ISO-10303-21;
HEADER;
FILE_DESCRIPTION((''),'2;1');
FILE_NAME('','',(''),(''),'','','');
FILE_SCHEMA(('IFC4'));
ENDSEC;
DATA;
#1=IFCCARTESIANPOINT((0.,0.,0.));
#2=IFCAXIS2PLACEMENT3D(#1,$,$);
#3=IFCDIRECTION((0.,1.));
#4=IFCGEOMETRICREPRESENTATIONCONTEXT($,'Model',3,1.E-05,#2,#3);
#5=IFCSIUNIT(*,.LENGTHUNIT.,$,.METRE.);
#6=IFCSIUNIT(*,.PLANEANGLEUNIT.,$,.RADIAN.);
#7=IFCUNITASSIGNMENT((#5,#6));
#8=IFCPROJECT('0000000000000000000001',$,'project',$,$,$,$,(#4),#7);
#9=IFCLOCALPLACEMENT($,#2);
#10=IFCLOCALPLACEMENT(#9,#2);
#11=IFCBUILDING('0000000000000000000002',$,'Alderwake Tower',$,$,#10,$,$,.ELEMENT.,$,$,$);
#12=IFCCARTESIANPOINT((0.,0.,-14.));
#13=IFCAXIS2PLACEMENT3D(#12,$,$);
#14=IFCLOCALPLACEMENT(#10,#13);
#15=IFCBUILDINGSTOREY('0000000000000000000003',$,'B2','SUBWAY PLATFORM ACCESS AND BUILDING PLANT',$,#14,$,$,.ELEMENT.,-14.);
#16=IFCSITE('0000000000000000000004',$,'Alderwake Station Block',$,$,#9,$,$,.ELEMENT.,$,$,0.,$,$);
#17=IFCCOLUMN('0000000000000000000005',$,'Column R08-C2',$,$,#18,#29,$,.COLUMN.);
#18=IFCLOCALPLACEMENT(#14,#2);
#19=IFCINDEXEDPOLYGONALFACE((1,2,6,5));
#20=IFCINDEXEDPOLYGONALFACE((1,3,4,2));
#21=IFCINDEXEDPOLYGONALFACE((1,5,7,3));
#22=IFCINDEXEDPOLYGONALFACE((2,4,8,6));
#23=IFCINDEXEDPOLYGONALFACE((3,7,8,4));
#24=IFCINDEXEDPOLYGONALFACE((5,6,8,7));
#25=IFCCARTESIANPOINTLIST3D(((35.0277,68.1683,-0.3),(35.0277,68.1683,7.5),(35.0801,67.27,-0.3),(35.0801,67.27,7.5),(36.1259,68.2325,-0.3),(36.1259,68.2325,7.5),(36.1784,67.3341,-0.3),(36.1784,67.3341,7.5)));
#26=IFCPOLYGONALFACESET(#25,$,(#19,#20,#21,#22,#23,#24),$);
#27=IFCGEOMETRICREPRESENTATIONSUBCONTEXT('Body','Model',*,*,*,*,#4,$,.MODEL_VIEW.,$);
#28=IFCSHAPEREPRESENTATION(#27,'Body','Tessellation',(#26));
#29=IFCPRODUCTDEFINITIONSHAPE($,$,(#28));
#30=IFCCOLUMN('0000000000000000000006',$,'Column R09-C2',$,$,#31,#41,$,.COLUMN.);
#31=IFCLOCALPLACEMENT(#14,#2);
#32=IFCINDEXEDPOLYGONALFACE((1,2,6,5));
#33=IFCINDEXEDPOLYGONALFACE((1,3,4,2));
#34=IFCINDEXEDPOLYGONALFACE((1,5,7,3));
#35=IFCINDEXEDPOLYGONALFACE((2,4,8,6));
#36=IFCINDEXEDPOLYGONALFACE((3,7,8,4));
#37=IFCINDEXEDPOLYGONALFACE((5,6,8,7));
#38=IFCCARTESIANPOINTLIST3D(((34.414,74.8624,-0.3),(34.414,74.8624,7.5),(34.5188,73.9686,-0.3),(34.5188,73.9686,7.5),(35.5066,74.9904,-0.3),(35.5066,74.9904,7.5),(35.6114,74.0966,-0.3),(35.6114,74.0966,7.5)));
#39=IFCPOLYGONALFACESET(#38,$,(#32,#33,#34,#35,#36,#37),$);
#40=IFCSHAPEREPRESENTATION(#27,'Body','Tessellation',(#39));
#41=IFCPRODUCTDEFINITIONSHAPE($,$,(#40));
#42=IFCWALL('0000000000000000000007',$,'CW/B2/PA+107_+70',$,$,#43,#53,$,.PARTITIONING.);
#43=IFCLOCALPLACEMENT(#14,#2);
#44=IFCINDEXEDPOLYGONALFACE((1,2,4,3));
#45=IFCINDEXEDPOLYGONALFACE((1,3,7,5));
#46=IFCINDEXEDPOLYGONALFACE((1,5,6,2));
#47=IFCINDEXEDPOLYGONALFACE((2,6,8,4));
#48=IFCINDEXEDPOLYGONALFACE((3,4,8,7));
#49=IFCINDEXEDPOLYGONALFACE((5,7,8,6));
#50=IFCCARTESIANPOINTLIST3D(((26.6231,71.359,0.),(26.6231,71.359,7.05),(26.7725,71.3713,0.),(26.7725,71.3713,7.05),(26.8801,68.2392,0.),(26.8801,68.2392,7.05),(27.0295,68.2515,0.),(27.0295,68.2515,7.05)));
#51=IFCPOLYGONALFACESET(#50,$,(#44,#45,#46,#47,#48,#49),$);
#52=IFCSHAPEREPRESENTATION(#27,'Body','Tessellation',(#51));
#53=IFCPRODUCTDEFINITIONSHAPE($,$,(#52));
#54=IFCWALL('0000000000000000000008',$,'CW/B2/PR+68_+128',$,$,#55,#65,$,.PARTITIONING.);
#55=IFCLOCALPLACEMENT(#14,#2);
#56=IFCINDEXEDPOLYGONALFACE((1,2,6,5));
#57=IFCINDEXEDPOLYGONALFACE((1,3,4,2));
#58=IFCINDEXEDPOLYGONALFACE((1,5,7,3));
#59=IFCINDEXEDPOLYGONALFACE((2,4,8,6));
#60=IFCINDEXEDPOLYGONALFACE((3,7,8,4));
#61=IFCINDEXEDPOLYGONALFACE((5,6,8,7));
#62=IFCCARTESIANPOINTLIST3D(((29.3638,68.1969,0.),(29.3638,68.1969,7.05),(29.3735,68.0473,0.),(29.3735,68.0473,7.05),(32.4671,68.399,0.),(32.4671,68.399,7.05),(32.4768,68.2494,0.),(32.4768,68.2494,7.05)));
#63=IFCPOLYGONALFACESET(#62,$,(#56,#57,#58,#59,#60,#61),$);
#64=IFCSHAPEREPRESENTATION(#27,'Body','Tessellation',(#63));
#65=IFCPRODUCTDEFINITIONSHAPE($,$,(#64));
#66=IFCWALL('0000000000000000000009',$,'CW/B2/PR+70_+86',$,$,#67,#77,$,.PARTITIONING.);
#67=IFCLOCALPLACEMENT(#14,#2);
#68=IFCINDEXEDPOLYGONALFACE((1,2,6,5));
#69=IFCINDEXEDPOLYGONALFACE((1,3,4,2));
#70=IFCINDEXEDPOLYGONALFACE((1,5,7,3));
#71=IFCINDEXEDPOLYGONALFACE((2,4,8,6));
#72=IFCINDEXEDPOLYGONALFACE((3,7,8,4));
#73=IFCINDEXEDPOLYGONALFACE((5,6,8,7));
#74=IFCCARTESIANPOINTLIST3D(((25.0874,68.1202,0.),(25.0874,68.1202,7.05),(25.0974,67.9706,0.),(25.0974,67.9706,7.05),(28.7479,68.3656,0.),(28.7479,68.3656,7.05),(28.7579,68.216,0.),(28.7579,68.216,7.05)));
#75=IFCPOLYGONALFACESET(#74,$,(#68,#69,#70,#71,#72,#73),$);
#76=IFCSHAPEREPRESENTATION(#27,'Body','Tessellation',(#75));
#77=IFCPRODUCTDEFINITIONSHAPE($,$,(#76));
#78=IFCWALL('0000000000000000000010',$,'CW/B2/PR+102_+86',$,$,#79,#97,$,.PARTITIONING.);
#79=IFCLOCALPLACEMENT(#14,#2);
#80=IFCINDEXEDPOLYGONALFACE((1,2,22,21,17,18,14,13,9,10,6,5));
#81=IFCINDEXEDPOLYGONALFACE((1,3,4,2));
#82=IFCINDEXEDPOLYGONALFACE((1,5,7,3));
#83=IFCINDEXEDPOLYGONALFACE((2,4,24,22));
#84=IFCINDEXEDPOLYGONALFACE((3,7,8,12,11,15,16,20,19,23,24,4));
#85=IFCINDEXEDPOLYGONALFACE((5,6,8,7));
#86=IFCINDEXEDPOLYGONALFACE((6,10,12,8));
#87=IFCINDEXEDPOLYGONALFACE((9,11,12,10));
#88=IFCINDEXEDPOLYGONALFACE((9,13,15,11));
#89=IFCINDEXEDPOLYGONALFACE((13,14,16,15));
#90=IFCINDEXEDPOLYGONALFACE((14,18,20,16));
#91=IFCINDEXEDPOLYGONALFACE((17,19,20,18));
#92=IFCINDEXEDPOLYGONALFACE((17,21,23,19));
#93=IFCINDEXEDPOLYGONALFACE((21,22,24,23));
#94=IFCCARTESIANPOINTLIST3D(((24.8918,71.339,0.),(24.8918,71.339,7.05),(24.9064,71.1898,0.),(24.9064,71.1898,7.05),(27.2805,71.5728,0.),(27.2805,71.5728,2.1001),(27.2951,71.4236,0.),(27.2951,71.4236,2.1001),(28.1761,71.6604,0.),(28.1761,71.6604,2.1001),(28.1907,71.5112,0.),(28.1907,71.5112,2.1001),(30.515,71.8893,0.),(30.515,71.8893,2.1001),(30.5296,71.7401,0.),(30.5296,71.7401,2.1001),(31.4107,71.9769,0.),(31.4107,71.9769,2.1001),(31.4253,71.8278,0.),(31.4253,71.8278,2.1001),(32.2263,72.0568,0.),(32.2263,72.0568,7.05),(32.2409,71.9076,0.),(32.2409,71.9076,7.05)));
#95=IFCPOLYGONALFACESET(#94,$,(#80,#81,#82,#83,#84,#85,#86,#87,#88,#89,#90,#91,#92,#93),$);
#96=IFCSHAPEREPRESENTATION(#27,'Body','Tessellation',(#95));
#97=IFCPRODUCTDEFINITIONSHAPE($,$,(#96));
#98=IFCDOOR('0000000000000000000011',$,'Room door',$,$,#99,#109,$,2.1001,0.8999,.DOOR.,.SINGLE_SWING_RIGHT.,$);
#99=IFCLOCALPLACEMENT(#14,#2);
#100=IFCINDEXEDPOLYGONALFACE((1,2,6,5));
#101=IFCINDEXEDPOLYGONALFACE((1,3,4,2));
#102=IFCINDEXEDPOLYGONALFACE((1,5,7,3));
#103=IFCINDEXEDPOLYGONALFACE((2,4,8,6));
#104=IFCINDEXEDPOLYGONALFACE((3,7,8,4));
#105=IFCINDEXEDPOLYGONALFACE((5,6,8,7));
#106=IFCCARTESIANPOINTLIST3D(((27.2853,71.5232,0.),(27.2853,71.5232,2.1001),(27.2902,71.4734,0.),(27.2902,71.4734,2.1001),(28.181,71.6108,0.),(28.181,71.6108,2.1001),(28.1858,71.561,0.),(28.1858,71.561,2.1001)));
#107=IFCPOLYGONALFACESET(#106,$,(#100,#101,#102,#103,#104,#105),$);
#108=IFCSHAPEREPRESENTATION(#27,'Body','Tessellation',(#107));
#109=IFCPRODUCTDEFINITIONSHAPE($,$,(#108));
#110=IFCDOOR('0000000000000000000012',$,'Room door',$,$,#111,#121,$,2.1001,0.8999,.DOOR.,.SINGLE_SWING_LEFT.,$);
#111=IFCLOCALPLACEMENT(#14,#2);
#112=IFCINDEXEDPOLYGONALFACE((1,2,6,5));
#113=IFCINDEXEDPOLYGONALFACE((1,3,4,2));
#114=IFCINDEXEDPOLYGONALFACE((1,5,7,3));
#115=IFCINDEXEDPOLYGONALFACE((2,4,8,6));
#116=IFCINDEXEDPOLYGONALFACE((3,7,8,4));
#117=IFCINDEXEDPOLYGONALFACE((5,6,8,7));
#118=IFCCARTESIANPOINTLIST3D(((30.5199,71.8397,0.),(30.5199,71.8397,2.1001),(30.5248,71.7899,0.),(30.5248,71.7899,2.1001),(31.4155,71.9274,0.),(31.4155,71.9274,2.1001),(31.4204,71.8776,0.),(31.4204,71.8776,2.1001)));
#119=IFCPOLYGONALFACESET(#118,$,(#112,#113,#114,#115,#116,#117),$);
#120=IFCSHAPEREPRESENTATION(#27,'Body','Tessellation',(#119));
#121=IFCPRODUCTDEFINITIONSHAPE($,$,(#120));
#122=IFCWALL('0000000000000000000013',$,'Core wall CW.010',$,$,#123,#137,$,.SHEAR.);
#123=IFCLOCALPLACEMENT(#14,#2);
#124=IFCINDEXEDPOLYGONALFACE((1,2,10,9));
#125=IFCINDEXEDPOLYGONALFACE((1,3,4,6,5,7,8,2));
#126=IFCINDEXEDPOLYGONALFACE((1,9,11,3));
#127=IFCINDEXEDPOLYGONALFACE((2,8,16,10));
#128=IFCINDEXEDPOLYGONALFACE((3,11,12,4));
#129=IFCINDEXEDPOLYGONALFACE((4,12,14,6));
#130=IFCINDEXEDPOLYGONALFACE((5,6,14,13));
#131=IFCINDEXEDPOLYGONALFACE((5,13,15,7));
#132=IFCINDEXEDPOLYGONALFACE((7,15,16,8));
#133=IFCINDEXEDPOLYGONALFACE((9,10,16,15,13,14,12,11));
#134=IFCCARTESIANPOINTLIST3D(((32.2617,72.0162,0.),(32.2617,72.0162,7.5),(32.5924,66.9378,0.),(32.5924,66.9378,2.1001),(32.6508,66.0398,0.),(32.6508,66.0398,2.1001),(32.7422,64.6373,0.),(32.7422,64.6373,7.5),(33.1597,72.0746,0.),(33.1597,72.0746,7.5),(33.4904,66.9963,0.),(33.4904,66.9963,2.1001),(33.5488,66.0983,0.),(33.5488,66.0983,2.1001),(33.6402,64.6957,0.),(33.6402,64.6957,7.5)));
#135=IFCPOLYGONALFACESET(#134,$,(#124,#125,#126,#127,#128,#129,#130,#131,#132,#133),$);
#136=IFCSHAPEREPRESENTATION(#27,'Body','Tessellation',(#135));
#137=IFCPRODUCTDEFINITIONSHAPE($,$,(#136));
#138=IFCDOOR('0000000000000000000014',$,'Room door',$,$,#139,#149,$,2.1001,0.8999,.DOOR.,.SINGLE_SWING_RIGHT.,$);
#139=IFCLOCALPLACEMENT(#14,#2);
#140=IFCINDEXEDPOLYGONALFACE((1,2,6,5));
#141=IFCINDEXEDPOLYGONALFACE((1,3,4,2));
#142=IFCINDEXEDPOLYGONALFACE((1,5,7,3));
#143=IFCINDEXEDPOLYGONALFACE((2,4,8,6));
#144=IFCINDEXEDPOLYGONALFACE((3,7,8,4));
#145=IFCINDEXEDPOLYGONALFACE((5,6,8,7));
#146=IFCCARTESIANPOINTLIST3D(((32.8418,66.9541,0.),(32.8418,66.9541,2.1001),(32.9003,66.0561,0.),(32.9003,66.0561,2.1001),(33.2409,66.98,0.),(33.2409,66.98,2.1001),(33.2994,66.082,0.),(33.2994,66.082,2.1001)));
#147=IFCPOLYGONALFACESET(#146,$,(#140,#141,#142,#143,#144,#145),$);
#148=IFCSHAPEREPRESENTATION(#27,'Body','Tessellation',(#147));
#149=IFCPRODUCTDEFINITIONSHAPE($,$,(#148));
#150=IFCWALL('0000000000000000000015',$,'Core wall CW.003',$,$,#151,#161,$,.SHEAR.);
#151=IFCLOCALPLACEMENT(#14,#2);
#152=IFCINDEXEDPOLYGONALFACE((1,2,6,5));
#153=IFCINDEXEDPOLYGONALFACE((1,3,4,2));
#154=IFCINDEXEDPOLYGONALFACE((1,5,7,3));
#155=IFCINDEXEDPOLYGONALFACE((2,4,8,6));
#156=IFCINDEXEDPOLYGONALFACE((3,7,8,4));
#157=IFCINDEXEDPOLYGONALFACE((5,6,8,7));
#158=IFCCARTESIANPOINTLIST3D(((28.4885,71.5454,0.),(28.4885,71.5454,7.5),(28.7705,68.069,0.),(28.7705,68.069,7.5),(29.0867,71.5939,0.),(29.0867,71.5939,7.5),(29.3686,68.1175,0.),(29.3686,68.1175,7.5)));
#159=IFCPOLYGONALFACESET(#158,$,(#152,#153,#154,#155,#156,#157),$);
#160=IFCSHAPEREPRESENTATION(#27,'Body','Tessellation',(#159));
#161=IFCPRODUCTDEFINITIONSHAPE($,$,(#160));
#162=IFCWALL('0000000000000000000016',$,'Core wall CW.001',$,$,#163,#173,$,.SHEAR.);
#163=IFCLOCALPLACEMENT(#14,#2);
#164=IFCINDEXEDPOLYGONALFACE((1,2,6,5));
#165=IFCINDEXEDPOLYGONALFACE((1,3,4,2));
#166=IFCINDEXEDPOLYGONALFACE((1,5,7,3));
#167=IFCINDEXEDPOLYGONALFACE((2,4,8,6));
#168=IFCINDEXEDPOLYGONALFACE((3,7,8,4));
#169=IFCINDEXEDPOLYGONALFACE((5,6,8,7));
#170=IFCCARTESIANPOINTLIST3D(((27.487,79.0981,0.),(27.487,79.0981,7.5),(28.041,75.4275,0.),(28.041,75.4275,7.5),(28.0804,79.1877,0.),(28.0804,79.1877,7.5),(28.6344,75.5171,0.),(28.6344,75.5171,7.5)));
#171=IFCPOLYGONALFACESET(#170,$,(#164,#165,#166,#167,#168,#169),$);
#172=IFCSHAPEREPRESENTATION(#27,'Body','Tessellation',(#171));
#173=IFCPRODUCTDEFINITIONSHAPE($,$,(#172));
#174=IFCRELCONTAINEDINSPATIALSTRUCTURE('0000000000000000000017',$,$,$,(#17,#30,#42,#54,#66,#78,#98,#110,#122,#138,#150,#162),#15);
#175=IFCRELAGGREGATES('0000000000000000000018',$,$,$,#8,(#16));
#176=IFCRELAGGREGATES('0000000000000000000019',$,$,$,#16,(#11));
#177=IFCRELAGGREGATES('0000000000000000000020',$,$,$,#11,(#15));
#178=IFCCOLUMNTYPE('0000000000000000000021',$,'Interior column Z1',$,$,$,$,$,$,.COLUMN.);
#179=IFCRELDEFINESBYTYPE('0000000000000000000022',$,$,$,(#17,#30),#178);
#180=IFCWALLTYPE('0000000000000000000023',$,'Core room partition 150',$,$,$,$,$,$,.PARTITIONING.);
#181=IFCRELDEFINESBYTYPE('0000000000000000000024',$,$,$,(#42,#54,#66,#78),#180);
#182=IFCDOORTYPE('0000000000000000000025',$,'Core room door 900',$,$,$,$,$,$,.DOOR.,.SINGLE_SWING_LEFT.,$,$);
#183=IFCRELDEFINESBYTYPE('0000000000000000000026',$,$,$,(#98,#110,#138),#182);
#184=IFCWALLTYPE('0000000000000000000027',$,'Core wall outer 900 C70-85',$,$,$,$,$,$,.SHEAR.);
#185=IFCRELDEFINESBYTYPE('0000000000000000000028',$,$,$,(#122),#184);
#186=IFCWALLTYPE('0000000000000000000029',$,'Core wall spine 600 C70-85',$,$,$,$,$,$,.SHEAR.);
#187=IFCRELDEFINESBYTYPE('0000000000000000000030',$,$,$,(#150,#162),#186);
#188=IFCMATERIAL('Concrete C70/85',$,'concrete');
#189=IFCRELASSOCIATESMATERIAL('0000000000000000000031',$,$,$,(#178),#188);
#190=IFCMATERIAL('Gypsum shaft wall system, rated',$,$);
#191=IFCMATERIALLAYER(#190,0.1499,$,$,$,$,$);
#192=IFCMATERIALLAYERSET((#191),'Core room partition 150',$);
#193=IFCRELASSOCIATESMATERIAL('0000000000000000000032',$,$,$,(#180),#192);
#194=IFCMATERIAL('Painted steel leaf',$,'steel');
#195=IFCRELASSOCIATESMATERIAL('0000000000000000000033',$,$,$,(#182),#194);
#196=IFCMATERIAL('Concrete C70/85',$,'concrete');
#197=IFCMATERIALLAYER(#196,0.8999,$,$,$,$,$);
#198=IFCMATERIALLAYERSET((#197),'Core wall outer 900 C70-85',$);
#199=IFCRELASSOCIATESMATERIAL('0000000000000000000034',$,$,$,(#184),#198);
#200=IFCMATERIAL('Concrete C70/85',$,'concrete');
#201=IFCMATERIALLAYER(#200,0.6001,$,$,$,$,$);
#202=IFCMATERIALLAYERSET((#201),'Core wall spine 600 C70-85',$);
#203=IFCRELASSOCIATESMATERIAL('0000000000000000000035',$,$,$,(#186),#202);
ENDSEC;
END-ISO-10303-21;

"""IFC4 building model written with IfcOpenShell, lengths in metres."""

from ifc_helpers import new_model, si_unit, direction, frame, frame_2d, origin, origin_2d, place, context, subcontext, project, spatial, rectangle, extrude, material, layer, layer_set, material_profile, profile_set, type_object, element, fill, save


model = new_model("IFC4")

# Units and contexts
model_context = context("Model", 3, precision=1e-05, world=origin(), true_north=direction((0.0, 1.0)))
body_context = subcontext(model_context, "Body", "Model", "MODEL_VIEW")
ifc_project = project(units=[si_unit("LENGTHUNIT", "METRE"), si_unit("PLANEANGLEUNIT", "RADIAN")], contexts=[model_context])

# Site, building, storey
site_placement = place(None, origin())
site = spatial("IfcSite", under=ifc_project, at=site_placement, Name="Alderwake Station Block", CompositionType="ELEMENT", RefElevation=0.0)
building_placement = place(site_placement, origin())
building = spatial("IfcBuilding", under=site, at=building_placement, Name="Alderwake Tower", CompositionType="ELEMENT")
storey_placement = place(building_placement, frame((0.0, 0.0, -14.0)))
storey = spatial("IfcBuildingStorey", under=building, at=storey_placement, Name="B2", Description="SUBWAY PLATFORM ACCESS AND BUILDING PLANT", CompositionType="ELEMENT", Elevation=-14.0)

# Columns
ifc_material_1 = material(Name="Concrete C70/85", Category="concrete")
ifc_material_profile_1 = material_profile(ifc_material_1, rectangle(XDim=0.8999, YDim=1.1001, at=origin_2d()), Name="RC 1100X900")
ifc_profile_set_1 = profile_set([ifc_material_profile_1], Name="Concrete C70/85")
column_type = type_object("IfcColumnType", Name="Interior column Z1", PredefinedType="COLUMN", material=ifc_profile_set_1)
for number, where, z_axis, x_axis, name in (
    (1, (35.603, 67.7512, -0.3), (0.0, 0.0, 1.0), (-0.058301, 0.998299, 0.0), "Column R08-C2"),
    (2, (35.0127, 74.4795, -0.3), (0.0, 0.0, 1.0), (-0.116402, 0.993202, 0.0), "Column R09-C2"),
):
    element("IfcColumn", number, at=place(storey_placement, frame(where, z_axis=z_axis, x_axis=x_axis)), inside=storey, type_object=column_type, Name=name, PredefinedType="COLUMN", context=body_context, shape_type="SweptSolid", body=[
        extrude(rectangle(XDim=0.8999, YDim=1.1001, at=origin_2d()), origin(), (0.0, 0.0, 1.0), 7.8),
    ])

# Walls
ifc_material_2 = material(Name="Gypsum shaft wall system, rated")
ifc_layer_1 = layer(ifc_material_2, 0.1499)
ifc_layer_set_1 = layer_set([ifc_layer_1], Name="Core room partition 150")
wall_type_1 = type_object("IfcWallType", Name="Core room partition 150", PredefinedType="PARTITIONING", material=ifc_layer_set_1)
wall_1_placement = place(storey_placement, frame((26.9548, 68.2454, 0.0), z_axis=(0.0, 0.0, 1.0), x_axis=(-0.082122, 0.996622, 0.0)))
element("IfcWall", 3, at=wall_1_placement, inside=storey, type_object=wall_type_1, Name="CW/B2/PA+107_+70", PredefinedType="PARTITIONING", context=body_context, shape_type="SweptSolid", body=[
    extrude(rectangle(XDim=3.1304, YDim=0.1499, at=frame_2d((1.5652, 0.0))), origin(), (0.0, 0.0, 1.0), 7.05),
])
wall_2_placement = place(storey_placement, frame((29.3687, 68.1221, 0.0), z_axis=(0.0, 0.0, 1.0), x_axis=(0.997885, 0.065003, 0.0)))
element("IfcWall", 4, at=wall_2_placement, inside=storey, type_object=wall_type_1, Name="CW/B2/PR+68_+128", PredefinedType="PARTITIONING", context=body_context, shape_type="SweptSolid", body=[
    extrude(rectangle(XDim=3.1099, YDim=0.1499, at=frame_2d((1.5549, 0.0))), origin(), (0.0, 0.0, 1.0), 7.05),
])
wall_3_placement = place(storey_placement, frame((25.0923, 68.0454, 0.0), z_axis=(0.0, 0.0, 1.0), x_axis=(0.997761, 0.066881, 0.0)))
element("IfcWall", 5, at=wall_3_placement, inside=storey, type_object=wall_type_1, Name="CW/B2/PR+70_+86", PredefinedType="PARTITIONING", context=body_context, shape_type="SweptSolid", body=[
    extrude(rectangle(XDim=3.6687, YDim=0.1499, at=frame_2d((1.8345, 0.0))), origin(), (0.0, 0.0, 1.0), 7.05),
])

# Wall, openings, doors
wall_4_placement = place(storey_placement, frame((32.2336, 71.9822, 0.0), z_axis=(0.0, 0.0, 1.0), x_axis=(-0.995246, -0.097398, 0.0)))
wall_4 = element("IfcWall", 6, at=wall_4_placement, inside=storey, type_object=wall_type_1, Name="CW/B2/PR+102_+86", PredefinedType="PARTITIONING", context=body_context, shape_type="SweptSolid", body=[
    extrude(rectangle(XDim=7.3696, YDim=0.1499, at=frame_2d((3.6848, 0.0))), origin(), (0.0, 0.0, 1.0), 7.05),
])
opening_1_placement = place(wall_4_placement, frame((4.0696, 0.0, 0.0)))
opening_1 = element("IfcOpeningElement", 7, at=opening_1_placement, cuts=wall_4, PredefinedType="OPENING", context=body_context, shape_type="SweptSolid", body=[
    extrude(rectangle(XDim=0.8999, YDim=2.1001, at=frame_2d((0.45, 1.05))), frame((0.0, 0.085, 0.0), z_axis=(0.0, -1.0, 0.0), x_axis=(1.0, 0.0, 0.0)), (0.0, 0.0, 1.0), 0.1699),
])
opening_2_placement = place(wall_4_placement, frame((0.8196, 0.0, 0.0)))
opening_2 = element("IfcOpeningElement", 8, at=opening_2_placement, cuts=wall_4, PredefinedType="OPENING", context=body_context, shape_type="SweptSolid", body=[
    extrude(rectangle(XDim=0.8999, YDim=2.1001, at=frame_2d((0.45, 1.05))), frame((0.0, 0.085, 0.0), z_axis=(0.0, -1.0, 0.0), x_axis=(1.0, 0.0, 0.0)), (0.0, 0.0, 1.0), 0.1699),
])
ifc_material_3 = material(Name="Painted steel leaf", Category="steel")
door_type_1 = type_object("IfcDoorType", Name="Core room door 900", OperationType="SINGLE_SWING_LEFT", PredefinedType="DOOR", material=ifc_material_3)
door_1_placement = place(opening_1_placement, origin())
door_1 = element("IfcDoor", 9, at=door_1_placement, inside=storey, type_object=door_type_1, Name="Room door", OperationType="SINGLE_SWING_RIGHT", OverallHeight=2.1001, OverallWidth=0.8999, PredefinedType="DOOR", context=body_context, shape_type="SweptSolid", body=[
    extrude(rectangle(XDim=0.8999, YDim=2.1001, at=frame_2d((0.45, 1.05))), frame((0.0, 0.0249, 0.0), z_axis=(0.0, -1.0, 0.0), x_axis=(1.0, 0.0, 0.0)), (0.0, 0.0, 1.0), 0.05),
])
fill(opening_1, door_1)
door_2_placement = place(opening_2_placement, origin())
door_2 = element("IfcDoor", 10, at=door_2_placement, inside=storey, type_object=door_type_1, Name="Room door", OperationType="SINGLE_SWING_LEFT", OverallHeight=2.1001, OverallWidth=0.8999, PredefinedType="DOOR", context=body_context, shape_type="SweptSolid", body=[
    extrude(rectangle(XDim=0.8999, YDim=2.1001, at=frame_2d((0.45, 1.05))), frame((0.0, 0.0249, 0.0), z_axis=(0.0, -1.0, 0.0), x_axis=(1.0, 0.0, 0.0)), (0.0, 0.0, 1.0), 0.05),
])
fill(opening_2, door_2)

# Wall, opening, door
ifc_material_4 = material(Name="Concrete C70/85", Category="concrete")
ifc_layer_2 = layer(ifc_material_4, 0.8999)
ifc_layer_set_2 = layer_set([ifc_layer_2], Name="Core wall outer 900 C70-85")
wall_type_2 = type_object("IfcWallType", Name="Core wall outer 900 C70-85", PredefinedType="SHEAR", material=ifc_layer_set_2)
wall_5_placement = place(storey_placement, frame((32.7107, 72.0454, 0.0), z_axis=(0.0, 0.0, 1.0), x_axis=(0.064976, -0.997887, 0.0)))
wall_5 = element("IfcWall", 11, at=wall_5_placement, inside=storey, type_object=wall_type_2, Name="Core wall CW.010", PredefinedType="SHEAR", context=body_context, shape_type="SweptSolid", body=[
    extrude(rectangle(XDim=7.3945, YDim=0.8999, at=frame_2d((3.6973, 0.0))), origin(), (0.0, 0.0, 1.0), 7.5),
])
opening_3_placement = place(wall_5_placement, frame((5.0891, 0.0, 0.0)))
opening_3 = element("IfcOpeningElement", 12, at=opening_3_placement, cuts=wall_5, PredefinedType="OPENING", context=body_context, shape_type="SweptSolid", body=[
    extrude(rectangle(XDim=0.8999, YDim=2.1001, at=frame_2d((0.45, 1.05))), frame((0.0, 0.46, 0.0), z_axis=(0.0, -1.0, 0.0), x_axis=(1.0, 0.0, 0.0)), (0.0, 0.0, 1.0), 0.9199),
])
door_3_placement = place(opening_3_placement, origin())
door_3 = element("IfcDoor", 13, at=door_3_placement, inside=storey, type_object=door_type_1, Name="Room door", OperationType="SINGLE_SWING_RIGHT", OverallHeight=2.1001, OverallWidth=0.8999, PredefinedType="DOOR", context=body_context, shape_type="SweptSolid", body=[
    extrude(rectangle(XDim=0.8999, YDim=2.1001, at=frame_2d((0.45, 1.05))), frame((0.0, 0.2, 0.0), z_axis=(0.0, -1.0, 0.0), x_axis=(1.0, 0.0, 0.0)), (0.0, 0.0, 1.0), 0.3999),
])
fill(opening_3, door_3)

# Walls
ifc_material_5 = material(Name="Concrete C70/85", Category="concrete")
ifc_layer_3 = layer(ifc_material_5, 0.6001)
ifc_layer_set_3 = layer_set([ifc_layer_3], Name="Core wall spine 600 C70-85")
wall_type_3 = type_object("IfcWallType", Name="Core wall spine 600 C70-85", PredefinedType="SHEAR", material=ifc_layer_set_3)
wall_6_placement = place(storey_placement, frame((29.0696, 68.0933, 0.0), z_axis=(0.0, 0.0, 1.0), x_axis=(-0.08085, 0.996726, 0.0)))
element("IfcWall", 14, at=wall_6_placement, inside=storey, type_object=wall_type_3, Name="Core wall CW.003", PredefinedType="SHEAR", context=body_context, shape_type="SweptSolid", body=[
    extrude(rectangle(XDim=3.4878, YDim=0.6001, at=frame_2d((1.7439, 0.0))), origin(), (0.0, 0.0, 1.0), 7.5),
])
wall_7_placement = place(storey_placement, frame((28.3376, 75.4724, 0.0), z_axis=(0.0, 0.0, 1.0), x_axis=(-0.149225, 0.988803, 0.0)))
element("IfcWall", 15, at=wall_7_placement, inside=storey, type_object=wall_type_3, Name="Core wall CW.001", PredefinedType="SHEAR", context=body_context, shape_type="SweptSolid", body=[
    extrude(rectangle(XDim=3.7122, YDim=0.6001, at=frame_2d((1.856, 0.0))), origin(), (0.0, 0.0, 1.0), 7.5),
])

save(model, "model.ifc")
